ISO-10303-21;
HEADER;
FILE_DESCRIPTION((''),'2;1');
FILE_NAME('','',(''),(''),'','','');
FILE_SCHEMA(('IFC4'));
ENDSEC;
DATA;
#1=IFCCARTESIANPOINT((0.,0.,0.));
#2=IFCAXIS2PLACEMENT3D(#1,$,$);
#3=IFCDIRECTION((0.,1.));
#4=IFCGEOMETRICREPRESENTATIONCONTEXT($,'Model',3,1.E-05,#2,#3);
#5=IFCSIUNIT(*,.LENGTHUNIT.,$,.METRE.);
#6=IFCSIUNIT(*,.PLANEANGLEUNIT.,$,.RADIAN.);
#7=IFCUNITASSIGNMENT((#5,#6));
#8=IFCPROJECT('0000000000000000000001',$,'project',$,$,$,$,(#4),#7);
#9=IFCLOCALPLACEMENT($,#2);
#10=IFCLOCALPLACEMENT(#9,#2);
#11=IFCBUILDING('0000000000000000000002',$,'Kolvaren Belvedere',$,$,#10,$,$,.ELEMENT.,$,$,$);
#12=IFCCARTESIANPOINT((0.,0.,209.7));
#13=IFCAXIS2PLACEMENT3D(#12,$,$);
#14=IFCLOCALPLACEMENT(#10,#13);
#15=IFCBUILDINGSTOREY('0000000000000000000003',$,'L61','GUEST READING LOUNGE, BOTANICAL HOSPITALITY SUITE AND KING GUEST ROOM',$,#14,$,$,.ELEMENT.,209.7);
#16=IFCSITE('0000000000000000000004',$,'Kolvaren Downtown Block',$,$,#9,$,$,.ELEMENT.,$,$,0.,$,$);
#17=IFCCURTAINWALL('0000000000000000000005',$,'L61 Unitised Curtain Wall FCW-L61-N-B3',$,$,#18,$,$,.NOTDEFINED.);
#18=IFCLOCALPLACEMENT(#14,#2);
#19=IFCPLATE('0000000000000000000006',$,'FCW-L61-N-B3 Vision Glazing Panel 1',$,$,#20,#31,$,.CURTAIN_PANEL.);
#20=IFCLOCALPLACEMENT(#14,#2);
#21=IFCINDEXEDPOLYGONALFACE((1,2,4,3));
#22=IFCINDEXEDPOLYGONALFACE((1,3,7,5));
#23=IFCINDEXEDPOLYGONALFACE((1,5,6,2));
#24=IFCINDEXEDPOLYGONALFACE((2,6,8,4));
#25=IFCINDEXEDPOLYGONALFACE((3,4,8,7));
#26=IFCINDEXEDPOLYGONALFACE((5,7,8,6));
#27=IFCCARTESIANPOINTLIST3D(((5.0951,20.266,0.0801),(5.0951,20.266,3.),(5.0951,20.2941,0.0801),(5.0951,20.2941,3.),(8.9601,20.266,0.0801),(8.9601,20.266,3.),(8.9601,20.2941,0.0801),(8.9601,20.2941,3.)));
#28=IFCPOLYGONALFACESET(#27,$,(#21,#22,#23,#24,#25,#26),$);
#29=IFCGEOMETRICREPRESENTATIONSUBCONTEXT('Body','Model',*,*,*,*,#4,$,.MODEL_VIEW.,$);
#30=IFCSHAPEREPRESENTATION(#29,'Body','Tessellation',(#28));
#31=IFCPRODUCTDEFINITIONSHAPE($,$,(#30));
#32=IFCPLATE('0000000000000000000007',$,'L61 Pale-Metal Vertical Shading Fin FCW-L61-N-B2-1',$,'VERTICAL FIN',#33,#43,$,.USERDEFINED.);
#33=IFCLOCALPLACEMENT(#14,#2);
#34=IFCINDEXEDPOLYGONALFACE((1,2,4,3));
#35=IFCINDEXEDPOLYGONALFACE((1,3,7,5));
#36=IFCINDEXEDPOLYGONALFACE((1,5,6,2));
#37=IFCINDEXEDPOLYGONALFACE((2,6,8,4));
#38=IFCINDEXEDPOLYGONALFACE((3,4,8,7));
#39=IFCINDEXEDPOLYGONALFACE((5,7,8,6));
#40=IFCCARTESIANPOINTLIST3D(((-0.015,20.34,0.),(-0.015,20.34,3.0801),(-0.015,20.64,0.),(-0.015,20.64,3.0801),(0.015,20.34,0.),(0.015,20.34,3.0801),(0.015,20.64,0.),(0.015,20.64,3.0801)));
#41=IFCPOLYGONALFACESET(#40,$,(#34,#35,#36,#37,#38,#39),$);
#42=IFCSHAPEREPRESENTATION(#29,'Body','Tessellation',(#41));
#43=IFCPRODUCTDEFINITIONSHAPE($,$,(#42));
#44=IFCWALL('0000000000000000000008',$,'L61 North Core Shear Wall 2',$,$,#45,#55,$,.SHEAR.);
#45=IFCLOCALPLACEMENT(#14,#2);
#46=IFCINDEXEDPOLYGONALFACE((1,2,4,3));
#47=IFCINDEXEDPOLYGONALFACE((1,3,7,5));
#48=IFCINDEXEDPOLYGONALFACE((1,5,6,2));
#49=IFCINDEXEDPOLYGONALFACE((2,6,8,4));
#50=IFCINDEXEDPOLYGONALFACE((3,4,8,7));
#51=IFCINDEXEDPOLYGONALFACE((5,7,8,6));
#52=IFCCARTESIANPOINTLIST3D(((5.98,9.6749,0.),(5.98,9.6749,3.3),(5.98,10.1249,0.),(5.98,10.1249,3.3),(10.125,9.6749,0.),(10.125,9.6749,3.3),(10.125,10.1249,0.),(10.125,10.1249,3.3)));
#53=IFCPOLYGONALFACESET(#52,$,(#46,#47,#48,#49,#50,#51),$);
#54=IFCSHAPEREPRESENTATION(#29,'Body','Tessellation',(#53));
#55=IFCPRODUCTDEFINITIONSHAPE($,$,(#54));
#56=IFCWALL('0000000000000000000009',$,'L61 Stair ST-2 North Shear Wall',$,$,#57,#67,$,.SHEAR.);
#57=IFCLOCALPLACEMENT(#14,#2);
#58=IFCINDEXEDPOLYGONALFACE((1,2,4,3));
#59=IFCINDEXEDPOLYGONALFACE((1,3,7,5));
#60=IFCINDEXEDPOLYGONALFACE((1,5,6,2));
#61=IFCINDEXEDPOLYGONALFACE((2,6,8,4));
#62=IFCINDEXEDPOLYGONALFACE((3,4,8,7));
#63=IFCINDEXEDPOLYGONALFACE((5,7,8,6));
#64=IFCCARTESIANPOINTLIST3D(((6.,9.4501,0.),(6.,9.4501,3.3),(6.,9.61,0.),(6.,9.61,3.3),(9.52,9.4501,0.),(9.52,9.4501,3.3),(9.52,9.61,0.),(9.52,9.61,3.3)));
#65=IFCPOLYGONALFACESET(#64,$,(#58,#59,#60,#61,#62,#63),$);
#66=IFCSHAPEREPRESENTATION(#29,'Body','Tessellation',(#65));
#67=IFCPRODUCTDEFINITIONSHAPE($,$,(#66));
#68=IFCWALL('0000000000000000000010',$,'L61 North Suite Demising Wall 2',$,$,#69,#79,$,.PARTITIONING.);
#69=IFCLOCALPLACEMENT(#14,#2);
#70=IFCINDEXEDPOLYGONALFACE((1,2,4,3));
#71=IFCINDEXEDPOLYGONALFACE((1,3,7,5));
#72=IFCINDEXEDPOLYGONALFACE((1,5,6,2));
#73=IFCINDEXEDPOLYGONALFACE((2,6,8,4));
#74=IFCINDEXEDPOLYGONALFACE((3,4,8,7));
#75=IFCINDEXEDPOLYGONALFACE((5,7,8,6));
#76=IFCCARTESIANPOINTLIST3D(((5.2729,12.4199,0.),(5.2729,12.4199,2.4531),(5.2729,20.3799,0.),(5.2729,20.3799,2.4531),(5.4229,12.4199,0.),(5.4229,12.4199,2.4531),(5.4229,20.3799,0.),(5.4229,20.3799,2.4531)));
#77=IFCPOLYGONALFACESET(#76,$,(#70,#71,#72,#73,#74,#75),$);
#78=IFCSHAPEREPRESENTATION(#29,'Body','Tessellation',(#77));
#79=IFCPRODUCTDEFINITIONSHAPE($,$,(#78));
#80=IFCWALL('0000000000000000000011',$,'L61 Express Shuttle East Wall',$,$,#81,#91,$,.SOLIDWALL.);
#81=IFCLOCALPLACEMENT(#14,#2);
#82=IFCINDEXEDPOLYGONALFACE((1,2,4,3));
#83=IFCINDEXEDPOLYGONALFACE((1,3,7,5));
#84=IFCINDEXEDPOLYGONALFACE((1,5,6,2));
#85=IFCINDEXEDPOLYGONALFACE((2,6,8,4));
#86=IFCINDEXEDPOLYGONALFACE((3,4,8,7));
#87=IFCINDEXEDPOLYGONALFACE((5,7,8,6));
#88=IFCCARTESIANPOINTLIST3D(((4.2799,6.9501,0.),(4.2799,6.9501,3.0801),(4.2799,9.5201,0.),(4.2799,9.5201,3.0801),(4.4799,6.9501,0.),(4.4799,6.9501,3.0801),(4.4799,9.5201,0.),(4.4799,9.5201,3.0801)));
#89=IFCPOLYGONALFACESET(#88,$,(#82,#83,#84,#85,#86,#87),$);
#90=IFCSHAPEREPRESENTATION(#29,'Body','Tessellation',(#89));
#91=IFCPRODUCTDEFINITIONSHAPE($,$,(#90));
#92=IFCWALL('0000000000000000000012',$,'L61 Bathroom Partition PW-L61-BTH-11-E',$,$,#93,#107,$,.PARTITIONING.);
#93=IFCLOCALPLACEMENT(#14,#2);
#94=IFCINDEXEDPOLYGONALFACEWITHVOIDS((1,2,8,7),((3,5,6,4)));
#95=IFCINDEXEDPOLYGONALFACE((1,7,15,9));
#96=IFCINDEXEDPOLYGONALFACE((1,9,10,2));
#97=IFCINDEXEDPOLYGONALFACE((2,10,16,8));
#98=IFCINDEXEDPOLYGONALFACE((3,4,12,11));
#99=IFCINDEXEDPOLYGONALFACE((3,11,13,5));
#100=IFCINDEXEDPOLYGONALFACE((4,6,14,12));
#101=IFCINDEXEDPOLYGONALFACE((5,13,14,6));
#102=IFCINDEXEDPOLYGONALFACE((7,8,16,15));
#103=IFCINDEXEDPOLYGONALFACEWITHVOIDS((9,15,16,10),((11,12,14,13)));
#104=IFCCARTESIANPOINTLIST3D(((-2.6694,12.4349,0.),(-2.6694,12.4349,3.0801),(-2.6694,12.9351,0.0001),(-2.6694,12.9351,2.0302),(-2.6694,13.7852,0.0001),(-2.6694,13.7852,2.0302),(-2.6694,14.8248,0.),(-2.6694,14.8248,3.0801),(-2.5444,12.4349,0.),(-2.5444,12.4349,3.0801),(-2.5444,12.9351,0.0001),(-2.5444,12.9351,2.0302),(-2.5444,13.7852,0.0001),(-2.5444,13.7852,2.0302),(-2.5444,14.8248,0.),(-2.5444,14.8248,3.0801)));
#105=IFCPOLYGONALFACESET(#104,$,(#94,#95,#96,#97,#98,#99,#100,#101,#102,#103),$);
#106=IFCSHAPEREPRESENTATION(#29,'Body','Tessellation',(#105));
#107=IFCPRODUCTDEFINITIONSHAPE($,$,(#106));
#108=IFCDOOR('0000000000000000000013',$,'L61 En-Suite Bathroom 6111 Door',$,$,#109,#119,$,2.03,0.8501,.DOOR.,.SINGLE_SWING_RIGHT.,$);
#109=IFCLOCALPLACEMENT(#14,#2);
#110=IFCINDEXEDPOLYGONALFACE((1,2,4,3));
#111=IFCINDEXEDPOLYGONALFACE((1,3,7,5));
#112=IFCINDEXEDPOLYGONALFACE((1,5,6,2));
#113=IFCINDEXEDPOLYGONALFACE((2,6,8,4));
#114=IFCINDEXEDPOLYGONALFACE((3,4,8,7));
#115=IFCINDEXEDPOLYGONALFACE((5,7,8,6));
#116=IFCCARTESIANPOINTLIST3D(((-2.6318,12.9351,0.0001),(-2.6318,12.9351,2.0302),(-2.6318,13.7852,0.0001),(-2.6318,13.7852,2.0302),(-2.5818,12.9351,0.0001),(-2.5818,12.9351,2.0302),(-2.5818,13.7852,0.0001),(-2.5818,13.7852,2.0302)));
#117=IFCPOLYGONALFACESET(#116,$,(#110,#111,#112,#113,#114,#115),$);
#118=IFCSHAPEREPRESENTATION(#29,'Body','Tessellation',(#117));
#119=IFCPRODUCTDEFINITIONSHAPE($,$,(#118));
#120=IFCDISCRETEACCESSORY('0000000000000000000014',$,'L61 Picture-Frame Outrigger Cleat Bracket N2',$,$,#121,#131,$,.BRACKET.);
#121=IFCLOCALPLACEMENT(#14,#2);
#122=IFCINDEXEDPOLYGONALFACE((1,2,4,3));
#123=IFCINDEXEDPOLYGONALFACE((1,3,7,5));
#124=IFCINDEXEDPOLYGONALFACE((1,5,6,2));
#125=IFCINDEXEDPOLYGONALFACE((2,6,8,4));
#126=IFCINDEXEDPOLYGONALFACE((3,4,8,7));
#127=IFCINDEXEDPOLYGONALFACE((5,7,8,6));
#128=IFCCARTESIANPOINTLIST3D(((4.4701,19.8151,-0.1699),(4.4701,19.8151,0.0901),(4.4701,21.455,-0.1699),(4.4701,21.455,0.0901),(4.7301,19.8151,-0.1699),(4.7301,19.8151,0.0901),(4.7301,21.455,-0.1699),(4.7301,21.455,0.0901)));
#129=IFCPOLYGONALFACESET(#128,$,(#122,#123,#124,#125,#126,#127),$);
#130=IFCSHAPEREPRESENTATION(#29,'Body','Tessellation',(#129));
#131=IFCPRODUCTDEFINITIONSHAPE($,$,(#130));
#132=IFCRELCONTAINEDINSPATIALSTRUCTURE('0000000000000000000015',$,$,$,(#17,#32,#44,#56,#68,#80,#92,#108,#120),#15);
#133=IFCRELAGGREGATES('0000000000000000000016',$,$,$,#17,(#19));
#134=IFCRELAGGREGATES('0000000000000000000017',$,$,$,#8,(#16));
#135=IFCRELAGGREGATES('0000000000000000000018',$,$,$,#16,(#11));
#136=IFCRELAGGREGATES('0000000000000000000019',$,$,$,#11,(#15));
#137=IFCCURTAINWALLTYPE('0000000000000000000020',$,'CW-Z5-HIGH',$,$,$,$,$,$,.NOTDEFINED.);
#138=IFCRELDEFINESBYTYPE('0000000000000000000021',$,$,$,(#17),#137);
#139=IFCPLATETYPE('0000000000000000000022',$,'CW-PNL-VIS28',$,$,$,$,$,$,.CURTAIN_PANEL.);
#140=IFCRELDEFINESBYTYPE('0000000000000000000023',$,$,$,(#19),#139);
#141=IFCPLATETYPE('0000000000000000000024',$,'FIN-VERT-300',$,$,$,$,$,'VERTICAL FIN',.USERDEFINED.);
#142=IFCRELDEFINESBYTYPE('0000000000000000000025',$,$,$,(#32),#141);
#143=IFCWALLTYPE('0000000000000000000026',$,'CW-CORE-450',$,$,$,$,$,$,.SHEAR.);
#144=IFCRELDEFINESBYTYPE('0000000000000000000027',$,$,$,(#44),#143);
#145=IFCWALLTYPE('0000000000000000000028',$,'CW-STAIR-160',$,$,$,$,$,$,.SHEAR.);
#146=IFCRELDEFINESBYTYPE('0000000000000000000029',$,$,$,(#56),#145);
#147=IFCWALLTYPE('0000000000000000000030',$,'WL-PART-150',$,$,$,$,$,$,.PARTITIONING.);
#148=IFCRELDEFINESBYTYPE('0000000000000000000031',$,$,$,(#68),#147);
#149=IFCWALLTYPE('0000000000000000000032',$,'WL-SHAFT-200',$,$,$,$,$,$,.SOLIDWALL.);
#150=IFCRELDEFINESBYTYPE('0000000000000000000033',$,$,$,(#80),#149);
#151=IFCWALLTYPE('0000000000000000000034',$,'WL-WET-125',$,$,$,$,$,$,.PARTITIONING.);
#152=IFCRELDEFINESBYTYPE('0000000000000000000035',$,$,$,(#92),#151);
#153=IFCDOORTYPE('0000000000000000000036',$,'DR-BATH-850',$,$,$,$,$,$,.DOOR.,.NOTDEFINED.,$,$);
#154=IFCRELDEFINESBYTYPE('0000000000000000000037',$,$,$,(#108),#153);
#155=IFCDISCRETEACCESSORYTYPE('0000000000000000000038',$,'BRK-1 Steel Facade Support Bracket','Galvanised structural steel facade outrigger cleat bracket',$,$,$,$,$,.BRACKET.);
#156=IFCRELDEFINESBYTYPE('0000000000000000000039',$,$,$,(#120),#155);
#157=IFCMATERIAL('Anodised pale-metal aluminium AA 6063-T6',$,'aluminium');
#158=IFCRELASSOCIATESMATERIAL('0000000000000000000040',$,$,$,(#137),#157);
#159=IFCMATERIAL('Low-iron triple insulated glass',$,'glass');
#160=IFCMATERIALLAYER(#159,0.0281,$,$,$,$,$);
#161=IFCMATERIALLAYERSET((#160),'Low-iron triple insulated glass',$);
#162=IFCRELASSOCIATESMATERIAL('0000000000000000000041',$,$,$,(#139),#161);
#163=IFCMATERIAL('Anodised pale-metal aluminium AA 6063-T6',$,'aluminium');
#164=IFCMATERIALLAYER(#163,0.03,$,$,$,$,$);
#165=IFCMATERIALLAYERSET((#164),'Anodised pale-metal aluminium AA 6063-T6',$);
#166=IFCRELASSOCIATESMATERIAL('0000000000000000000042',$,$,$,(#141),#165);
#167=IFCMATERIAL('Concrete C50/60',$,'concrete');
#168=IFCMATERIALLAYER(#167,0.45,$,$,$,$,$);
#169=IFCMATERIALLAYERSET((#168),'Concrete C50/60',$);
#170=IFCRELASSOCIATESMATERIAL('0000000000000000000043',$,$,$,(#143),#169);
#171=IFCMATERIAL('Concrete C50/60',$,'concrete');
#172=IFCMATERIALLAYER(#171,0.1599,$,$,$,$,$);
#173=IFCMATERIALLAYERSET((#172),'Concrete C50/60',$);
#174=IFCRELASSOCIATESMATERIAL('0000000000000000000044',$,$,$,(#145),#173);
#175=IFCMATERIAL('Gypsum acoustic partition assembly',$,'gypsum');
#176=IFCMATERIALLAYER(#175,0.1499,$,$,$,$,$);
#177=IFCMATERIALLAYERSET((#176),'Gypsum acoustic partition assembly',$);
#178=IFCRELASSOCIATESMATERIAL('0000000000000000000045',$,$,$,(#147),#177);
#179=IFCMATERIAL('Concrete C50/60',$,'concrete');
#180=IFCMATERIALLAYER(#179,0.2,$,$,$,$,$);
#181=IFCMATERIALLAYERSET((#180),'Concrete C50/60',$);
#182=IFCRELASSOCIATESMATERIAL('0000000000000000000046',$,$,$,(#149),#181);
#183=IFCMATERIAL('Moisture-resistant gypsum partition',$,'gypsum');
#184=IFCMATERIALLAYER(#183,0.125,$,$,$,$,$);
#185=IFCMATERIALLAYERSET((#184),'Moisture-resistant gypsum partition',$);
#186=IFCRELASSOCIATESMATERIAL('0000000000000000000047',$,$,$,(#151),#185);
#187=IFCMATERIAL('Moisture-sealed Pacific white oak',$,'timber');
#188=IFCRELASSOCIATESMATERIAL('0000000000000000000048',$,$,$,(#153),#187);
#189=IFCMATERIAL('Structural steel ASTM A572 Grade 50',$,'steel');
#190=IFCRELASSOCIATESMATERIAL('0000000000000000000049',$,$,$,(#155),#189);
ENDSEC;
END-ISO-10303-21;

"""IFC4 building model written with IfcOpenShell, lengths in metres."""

from ifc_helpers import new_model, si_unit, direction, frame, frame_2d, origin, origin_2d, place, context, subcontext, project, spatial, rectangle, extrude, material, layer, layer_set, type_object, element, fill, aggregate, save


model = new_model("IFC4")

# Units and contexts
model_context = context("Model", 3, precision=1e-05, world=origin(), true_north=direction((0.0, 1.0)))
body_context = subcontext(model_context, "Body", "Model", "MODEL_VIEW")
ifc_project = project(units=[si_unit("LENGTHUNIT", "METRE"), si_unit("PLANEANGLEUNIT", "RADIAN")], contexts=[model_context])

# Site, building, storey
site_placement = place(None, origin())
site = spatial("IfcSite", under=ifc_project, at=site_placement, Name="Kolvaren Downtown Block", CompositionType="ELEMENT", RefElevation=0.0)
building_placement = place(site_placement, origin())
building = spatial("IfcBuilding", under=site, at=building_placement, Name="Kolvaren Belvedere", CompositionType="ELEMENT")
storey_placement = place(building_placement, frame((0.0, 0.0, 209.7)))
storey = spatial("IfcBuildingStorey", under=building, at=storey_placement, Name="L61", Description="GUEST READING LOUNGE, BOTANICAL HOSPITALITY SUITE AND KING GUEST ROOM", CompositionType="ELEMENT", Elevation=209.7)

# Curtain wall
ifc_material_1 = material(Name="Anodised pale-metal aluminium AA 6063-T6", Category="aluminium")
curtain_wall_type = type_object("IfcCurtainWallType", Name="CW-Z5-HIGH", PredefinedType="NOTDEFINED", material=ifc_material_1)
curtain_wall_1_placement = place(storey_placement, origin())
curtain_wall_1 = element("IfcCurtainWall", 1, at=curtain_wall_1_placement, inside=storey, type_object=curtain_wall_type, Name="L61 Unitised Curtain Wall FCW-L61-N-B3", PredefinedType="NOTDEFINED")

# Plates
ifc_material_2 = material(Name="Low-iron triple insulated glass", Category="glass")
ifc_layer_1 = layer(ifc_material_2, 0.0281)
ifc_layer_set_1 = layer_set([ifc_layer_1], Name="Low-iron triple insulated glass")
plate_type_1 = type_object("IfcPlateType", Name="CW-PNL-VIS28", PredefinedType="CURTAIN_PANEL", material=ifc_layer_set_1)
plate_1_placement = place(storey_placement, frame((7.0276, 20.28, 0.0801), z_axis=(0.0, 0.0, 1.0), x_axis=(1.0, 0.0, 0.0)))
plate_1 = element("IfcPlate", 2, at=plate_1_placement, type_object=plate_type_1, Name="FCW-L61-N-B3 Vision Glazing Panel 1", PredefinedType="CURTAIN_PANEL", context=body_context, shape_type="SweptSolid", body=[
    extrude(rectangle(XDim=3.865, YDim=0.0281, at=origin_2d()), origin(), (0.0, 0.0, 1.0), 2.9199),
])
aggregate(curtain_wall_1, [plate_1])
ifc_material_3 = material(Name="Anodised pale-metal aluminium AA 6063-T6", Category="aluminium")
ifc_layer_2 = layer(ifc_material_3, 0.03)
ifc_layer_set_2 = layer_set([ifc_layer_2], Name="Anodised pale-metal aluminium AA 6063-T6")
plate_type_2 = type_object("IfcPlateType", Name="FIN-VERT-300", ElementType="VERTICAL FIN", PredefinedType="USERDEFINED", material=ifc_layer_set_2)
plate_2_placement = place(storey_placement, frame((0.0, 20.49, 0.0), z_axis=(0.0, 0.0, 1.0), x_axis=(0.0, 1.0, 0.0)))
element("IfcPlate", 3, at=plate_2_placement, inside=storey, type_object=plate_type_2, Name="L61 Pale-Metal Vertical Shading Fin FCW-L61-N-B2-1", ObjectType="VERTICAL FIN", PredefinedType="USERDEFINED", context=body_context, shape_type="SweptSolid", body=[
    extrude(rectangle(XDim=0.3, YDim=0.03, at=origin_2d()), origin(), (0.0, 0.0, 1.0), 3.0801),
])

# Walls
ifc_material_4 = material(Name="Concrete C50/60", Category="concrete")
ifc_layer_3 = layer(ifc_material_4, 0.45)
ifc_layer_set_3 = layer_set([ifc_layer_3], Name="Concrete C50/60")
wall_type_1 = type_object("IfcWallType", Name="CW-CORE-450", PredefinedType="SHEAR", material=ifc_layer_set_3)
wall_1_placement = place(storey_placement, frame((5.98, 9.8999, 0.0), z_axis=(0.0, 0.0, 1.0), x_axis=(1.0, 0.0, 0.0)))
element("IfcWall", 4, at=wall_1_placement, inside=storey, type_object=wall_type_1, Name="L61 North Core Shear Wall 2", PredefinedType="SHEAR", context=body_context, shape_type="SweptSolid", body=[
    extrude(rectangle(XDim=4.145, YDim=0.45, at=frame_2d((2.0725, 0.0))), origin(), (0.0, 0.0, 1.0), 3.3),
])
ifc_material_5 = material(Name="Concrete C50/60", Category="concrete")
ifc_layer_4 = layer(ifc_material_5, 0.1599)
ifc_layer_set_4 = layer_set([ifc_layer_4], Name="Concrete C50/60")
wall_type_2 = type_object("IfcWallType", Name="CW-STAIR-160", PredefinedType="SHEAR", material=ifc_layer_set_4)
wall_2_placement = place(storey_placement, frame((6.0, 9.53, 0.0), z_axis=(0.0, 0.0, 1.0), x_axis=(1.0, 0.0, 0.0)))
element("IfcWall", 5, at=wall_2_placement, inside=storey, type_object=wall_type_2, Name="L61 Stair ST-2 North Shear Wall", PredefinedType="SHEAR", context=body_context, shape_type="SweptSolid", body=[
    extrude(rectangle(XDim=3.52, YDim=0.1599, at=frame_2d((1.76, 0.0))), origin(), (0.0, 0.0, 1.0), 3.3),
])
ifc_material_6 = material(Name="Gypsum acoustic partition assembly", Category="gypsum")
ifc_layer_5 = layer(ifc_material_6, 0.1499)
ifc_layer_set_5 = layer_set([ifc_layer_5], Name="Gypsum acoustic partition assembly")
wall_type_3 = type_object("IfcWallType", Name="WL-PART-150", PredefinedType="PARTITIONING", material=ifc_layer_set_5)
wall_3_placement = place(storey_placement, frame((5.3479, 12.4199, 0.0), z_axis=(0.0, 0.0, 1.0), x_axis=(0.0, 1.0, 0.0)))
element("IfcWall", 6, at=wall_3_placement, inside=storey, type_object=wall_type_3, Name="L61 North Suite Demising Wall 2", PredefinedType="PARTITIONING", context=body_context, shape_type="SweptSolid", body=[
    extrude(rectangle(XDim=7.96, YDim=0.1499, at=frame_2d((3.98, 0.0))), origin(), (0.0, 0.0, 1.0), 2.4531),
])
ifc_material_7 = material(Name="Concrete C50/60", Category="concrete")
ifc_layer_6 = layer(ifc_material_7, 0.2)
ifc_layer_set_6 = layer_set([ifc_layer_6], Name="Concrete C50/60")
wall_type_4 = type_object("IfcWallType", Name="WL-SHAFT-200", PredefinedType="SOLIDWALL", material=ifc_layer_set_6)
wall_4_placement = place(storey_placement, frame((4.3799, 6.95, 0.0), z_axis=(0.0, 0.0, 1.0), x_axis=(0.0, 1.0, 0.0)))
element("IfcWall", 7, at=wall_4_placement, inside=storey, type_object=wall_type_4, Name="L61 Express Shuttle East Wall", PredefinedType="SOLIDWALL", context=body_context, shape_type="SweptSolid", body=[
    extrude(rectangle(XDim=2.5701, YDim=0.2, at=frame_2d((1.2852, 0.0))), origin(), (0.0, 0.0, 1.0), 3.0801),
])

# Wall, opening, door
ifc_material_8 = material(Name="Moisture-resistant gypsum partition", Category="gypsum")
ifc_layer_7 = layer(ifc_material_8, 0.125)
ifc_layer_set_7 = layer_set([ifc_layer_7], Name="Moisture-resistant gypsum partition")
wall_type_5 = type_object("IfcWallType", Name="WL-WET-125", PredefinedType="PARTITIONING", material=ifc_layer_set_7)
wall_5_placement = place(storey_placement, frame((-2.6069, 12.4351, 0.0), z_axis=(0.0, 0.0, 1.0), x_axis=(0.0, 1.0, 0.0)))
wall_5 = element("IfcWall", 8, at=wall_5_placement, inside=storey, type_object=wall_type_5, Name="L61 Bathroom Partition PW-L61-BTH-11-E", PredefinedType="PARTITIONING", context=body_context, shape_type="SweptSolid", body=[
    extrude(rectangle(XDim=2.3899, YDim=0.125, at=frame_2d((1.1948, 0.0))), origin(), (0.0, 0.0, 1.0), 3.0801),
])
opening_placement = place(wall_5_placement, frame((0.5, 0.0, 0.0)))
opening = element("IfcOpeningElement", 9, at=opening_placement, cuts=wall_5, PredefinedType="OPENING", context=body_context, shape_type="SweptSolid", body=[
    extrude(rectangle(XDim=0.8501, YDim=2.03, at=frame_2d((0.425, 1.0151))), frame((0.0, 0.0725, 0.0), z_axis=(0.0, -1.0, 0.0), x_axis=(1.0, 0.0, 0.0)), (0.0, 0.0, 1.0), 0.145),
])
ifc_material_9 = material(Name="Moisture-sealed Pacific white oak", Category="timber")
door_type = type_object("IfcDoorType", Name="DR-BATH-850", OperationType="NOTDEFINED", PredefinedType="DOOR", material=ifc_material_9)
door_placement = place(opening_placement, origin())
door = element("IfcDoor", 10, at=door_placement, inside=storey, type_object=door_type, Name="L61 En-Suite Bathroom 6111 Door", OperationType="SINGLE_SWING_RIGHT", OverallHeight=2.03, OverallWidth=0.8501, PredefinedType="DOOR", context=body_context, shape_type="SweptSolid", body=[
    extrude(rectangle(XDim=0.8501, YDim=2.03, at=frame_2d((0.425, 1.0151))), frame((0.0, 0.0249, 0.0), z_axis=(0.0, -1.0, 0.0), x_axis=(1.0, 0.0, 0.0)), (0.0, 0.0, 1.0), 0.05),
])
fill(opening, door)

# Discrete accessory
ifc_material_10 = material(Name="Structural steel ASTM A572 Grade 50", Category="steel")
discrete_accessory_type = type_object("IfcDiscreteAccessoryType", Name="BRK-1 Steel Facade Support Bracket", Description="Galvanised structural steel facade outrigger cleat bracket", PredefinedType="BRACKET", material=ifc_material_10)
discrete_accessory_placement = place(storey_placement, frame((4.6001, 20.635, -0.1699), z_axis=(0.0, 0.0, 1.0), x_axis=(0.0, 1.0, 0.0)))
element("IfcDiscreteAccessory", 11, at=discrete_accessory_placement, inside=storey, type_object=discrete_accessory_type, Name="L61 Picture-Frame Outrigger Cleat Bracket N2", PredefinedType="BRACKET", context=body_context, shape_type="SweptSolid", body=[
    extrude(rectangle(XDim=1.6399, YDim=0.26, at=origin_2d()), origin(), (0.0, 0.0, 1.0), 0.26),
])

save(model, "model.ifc")
